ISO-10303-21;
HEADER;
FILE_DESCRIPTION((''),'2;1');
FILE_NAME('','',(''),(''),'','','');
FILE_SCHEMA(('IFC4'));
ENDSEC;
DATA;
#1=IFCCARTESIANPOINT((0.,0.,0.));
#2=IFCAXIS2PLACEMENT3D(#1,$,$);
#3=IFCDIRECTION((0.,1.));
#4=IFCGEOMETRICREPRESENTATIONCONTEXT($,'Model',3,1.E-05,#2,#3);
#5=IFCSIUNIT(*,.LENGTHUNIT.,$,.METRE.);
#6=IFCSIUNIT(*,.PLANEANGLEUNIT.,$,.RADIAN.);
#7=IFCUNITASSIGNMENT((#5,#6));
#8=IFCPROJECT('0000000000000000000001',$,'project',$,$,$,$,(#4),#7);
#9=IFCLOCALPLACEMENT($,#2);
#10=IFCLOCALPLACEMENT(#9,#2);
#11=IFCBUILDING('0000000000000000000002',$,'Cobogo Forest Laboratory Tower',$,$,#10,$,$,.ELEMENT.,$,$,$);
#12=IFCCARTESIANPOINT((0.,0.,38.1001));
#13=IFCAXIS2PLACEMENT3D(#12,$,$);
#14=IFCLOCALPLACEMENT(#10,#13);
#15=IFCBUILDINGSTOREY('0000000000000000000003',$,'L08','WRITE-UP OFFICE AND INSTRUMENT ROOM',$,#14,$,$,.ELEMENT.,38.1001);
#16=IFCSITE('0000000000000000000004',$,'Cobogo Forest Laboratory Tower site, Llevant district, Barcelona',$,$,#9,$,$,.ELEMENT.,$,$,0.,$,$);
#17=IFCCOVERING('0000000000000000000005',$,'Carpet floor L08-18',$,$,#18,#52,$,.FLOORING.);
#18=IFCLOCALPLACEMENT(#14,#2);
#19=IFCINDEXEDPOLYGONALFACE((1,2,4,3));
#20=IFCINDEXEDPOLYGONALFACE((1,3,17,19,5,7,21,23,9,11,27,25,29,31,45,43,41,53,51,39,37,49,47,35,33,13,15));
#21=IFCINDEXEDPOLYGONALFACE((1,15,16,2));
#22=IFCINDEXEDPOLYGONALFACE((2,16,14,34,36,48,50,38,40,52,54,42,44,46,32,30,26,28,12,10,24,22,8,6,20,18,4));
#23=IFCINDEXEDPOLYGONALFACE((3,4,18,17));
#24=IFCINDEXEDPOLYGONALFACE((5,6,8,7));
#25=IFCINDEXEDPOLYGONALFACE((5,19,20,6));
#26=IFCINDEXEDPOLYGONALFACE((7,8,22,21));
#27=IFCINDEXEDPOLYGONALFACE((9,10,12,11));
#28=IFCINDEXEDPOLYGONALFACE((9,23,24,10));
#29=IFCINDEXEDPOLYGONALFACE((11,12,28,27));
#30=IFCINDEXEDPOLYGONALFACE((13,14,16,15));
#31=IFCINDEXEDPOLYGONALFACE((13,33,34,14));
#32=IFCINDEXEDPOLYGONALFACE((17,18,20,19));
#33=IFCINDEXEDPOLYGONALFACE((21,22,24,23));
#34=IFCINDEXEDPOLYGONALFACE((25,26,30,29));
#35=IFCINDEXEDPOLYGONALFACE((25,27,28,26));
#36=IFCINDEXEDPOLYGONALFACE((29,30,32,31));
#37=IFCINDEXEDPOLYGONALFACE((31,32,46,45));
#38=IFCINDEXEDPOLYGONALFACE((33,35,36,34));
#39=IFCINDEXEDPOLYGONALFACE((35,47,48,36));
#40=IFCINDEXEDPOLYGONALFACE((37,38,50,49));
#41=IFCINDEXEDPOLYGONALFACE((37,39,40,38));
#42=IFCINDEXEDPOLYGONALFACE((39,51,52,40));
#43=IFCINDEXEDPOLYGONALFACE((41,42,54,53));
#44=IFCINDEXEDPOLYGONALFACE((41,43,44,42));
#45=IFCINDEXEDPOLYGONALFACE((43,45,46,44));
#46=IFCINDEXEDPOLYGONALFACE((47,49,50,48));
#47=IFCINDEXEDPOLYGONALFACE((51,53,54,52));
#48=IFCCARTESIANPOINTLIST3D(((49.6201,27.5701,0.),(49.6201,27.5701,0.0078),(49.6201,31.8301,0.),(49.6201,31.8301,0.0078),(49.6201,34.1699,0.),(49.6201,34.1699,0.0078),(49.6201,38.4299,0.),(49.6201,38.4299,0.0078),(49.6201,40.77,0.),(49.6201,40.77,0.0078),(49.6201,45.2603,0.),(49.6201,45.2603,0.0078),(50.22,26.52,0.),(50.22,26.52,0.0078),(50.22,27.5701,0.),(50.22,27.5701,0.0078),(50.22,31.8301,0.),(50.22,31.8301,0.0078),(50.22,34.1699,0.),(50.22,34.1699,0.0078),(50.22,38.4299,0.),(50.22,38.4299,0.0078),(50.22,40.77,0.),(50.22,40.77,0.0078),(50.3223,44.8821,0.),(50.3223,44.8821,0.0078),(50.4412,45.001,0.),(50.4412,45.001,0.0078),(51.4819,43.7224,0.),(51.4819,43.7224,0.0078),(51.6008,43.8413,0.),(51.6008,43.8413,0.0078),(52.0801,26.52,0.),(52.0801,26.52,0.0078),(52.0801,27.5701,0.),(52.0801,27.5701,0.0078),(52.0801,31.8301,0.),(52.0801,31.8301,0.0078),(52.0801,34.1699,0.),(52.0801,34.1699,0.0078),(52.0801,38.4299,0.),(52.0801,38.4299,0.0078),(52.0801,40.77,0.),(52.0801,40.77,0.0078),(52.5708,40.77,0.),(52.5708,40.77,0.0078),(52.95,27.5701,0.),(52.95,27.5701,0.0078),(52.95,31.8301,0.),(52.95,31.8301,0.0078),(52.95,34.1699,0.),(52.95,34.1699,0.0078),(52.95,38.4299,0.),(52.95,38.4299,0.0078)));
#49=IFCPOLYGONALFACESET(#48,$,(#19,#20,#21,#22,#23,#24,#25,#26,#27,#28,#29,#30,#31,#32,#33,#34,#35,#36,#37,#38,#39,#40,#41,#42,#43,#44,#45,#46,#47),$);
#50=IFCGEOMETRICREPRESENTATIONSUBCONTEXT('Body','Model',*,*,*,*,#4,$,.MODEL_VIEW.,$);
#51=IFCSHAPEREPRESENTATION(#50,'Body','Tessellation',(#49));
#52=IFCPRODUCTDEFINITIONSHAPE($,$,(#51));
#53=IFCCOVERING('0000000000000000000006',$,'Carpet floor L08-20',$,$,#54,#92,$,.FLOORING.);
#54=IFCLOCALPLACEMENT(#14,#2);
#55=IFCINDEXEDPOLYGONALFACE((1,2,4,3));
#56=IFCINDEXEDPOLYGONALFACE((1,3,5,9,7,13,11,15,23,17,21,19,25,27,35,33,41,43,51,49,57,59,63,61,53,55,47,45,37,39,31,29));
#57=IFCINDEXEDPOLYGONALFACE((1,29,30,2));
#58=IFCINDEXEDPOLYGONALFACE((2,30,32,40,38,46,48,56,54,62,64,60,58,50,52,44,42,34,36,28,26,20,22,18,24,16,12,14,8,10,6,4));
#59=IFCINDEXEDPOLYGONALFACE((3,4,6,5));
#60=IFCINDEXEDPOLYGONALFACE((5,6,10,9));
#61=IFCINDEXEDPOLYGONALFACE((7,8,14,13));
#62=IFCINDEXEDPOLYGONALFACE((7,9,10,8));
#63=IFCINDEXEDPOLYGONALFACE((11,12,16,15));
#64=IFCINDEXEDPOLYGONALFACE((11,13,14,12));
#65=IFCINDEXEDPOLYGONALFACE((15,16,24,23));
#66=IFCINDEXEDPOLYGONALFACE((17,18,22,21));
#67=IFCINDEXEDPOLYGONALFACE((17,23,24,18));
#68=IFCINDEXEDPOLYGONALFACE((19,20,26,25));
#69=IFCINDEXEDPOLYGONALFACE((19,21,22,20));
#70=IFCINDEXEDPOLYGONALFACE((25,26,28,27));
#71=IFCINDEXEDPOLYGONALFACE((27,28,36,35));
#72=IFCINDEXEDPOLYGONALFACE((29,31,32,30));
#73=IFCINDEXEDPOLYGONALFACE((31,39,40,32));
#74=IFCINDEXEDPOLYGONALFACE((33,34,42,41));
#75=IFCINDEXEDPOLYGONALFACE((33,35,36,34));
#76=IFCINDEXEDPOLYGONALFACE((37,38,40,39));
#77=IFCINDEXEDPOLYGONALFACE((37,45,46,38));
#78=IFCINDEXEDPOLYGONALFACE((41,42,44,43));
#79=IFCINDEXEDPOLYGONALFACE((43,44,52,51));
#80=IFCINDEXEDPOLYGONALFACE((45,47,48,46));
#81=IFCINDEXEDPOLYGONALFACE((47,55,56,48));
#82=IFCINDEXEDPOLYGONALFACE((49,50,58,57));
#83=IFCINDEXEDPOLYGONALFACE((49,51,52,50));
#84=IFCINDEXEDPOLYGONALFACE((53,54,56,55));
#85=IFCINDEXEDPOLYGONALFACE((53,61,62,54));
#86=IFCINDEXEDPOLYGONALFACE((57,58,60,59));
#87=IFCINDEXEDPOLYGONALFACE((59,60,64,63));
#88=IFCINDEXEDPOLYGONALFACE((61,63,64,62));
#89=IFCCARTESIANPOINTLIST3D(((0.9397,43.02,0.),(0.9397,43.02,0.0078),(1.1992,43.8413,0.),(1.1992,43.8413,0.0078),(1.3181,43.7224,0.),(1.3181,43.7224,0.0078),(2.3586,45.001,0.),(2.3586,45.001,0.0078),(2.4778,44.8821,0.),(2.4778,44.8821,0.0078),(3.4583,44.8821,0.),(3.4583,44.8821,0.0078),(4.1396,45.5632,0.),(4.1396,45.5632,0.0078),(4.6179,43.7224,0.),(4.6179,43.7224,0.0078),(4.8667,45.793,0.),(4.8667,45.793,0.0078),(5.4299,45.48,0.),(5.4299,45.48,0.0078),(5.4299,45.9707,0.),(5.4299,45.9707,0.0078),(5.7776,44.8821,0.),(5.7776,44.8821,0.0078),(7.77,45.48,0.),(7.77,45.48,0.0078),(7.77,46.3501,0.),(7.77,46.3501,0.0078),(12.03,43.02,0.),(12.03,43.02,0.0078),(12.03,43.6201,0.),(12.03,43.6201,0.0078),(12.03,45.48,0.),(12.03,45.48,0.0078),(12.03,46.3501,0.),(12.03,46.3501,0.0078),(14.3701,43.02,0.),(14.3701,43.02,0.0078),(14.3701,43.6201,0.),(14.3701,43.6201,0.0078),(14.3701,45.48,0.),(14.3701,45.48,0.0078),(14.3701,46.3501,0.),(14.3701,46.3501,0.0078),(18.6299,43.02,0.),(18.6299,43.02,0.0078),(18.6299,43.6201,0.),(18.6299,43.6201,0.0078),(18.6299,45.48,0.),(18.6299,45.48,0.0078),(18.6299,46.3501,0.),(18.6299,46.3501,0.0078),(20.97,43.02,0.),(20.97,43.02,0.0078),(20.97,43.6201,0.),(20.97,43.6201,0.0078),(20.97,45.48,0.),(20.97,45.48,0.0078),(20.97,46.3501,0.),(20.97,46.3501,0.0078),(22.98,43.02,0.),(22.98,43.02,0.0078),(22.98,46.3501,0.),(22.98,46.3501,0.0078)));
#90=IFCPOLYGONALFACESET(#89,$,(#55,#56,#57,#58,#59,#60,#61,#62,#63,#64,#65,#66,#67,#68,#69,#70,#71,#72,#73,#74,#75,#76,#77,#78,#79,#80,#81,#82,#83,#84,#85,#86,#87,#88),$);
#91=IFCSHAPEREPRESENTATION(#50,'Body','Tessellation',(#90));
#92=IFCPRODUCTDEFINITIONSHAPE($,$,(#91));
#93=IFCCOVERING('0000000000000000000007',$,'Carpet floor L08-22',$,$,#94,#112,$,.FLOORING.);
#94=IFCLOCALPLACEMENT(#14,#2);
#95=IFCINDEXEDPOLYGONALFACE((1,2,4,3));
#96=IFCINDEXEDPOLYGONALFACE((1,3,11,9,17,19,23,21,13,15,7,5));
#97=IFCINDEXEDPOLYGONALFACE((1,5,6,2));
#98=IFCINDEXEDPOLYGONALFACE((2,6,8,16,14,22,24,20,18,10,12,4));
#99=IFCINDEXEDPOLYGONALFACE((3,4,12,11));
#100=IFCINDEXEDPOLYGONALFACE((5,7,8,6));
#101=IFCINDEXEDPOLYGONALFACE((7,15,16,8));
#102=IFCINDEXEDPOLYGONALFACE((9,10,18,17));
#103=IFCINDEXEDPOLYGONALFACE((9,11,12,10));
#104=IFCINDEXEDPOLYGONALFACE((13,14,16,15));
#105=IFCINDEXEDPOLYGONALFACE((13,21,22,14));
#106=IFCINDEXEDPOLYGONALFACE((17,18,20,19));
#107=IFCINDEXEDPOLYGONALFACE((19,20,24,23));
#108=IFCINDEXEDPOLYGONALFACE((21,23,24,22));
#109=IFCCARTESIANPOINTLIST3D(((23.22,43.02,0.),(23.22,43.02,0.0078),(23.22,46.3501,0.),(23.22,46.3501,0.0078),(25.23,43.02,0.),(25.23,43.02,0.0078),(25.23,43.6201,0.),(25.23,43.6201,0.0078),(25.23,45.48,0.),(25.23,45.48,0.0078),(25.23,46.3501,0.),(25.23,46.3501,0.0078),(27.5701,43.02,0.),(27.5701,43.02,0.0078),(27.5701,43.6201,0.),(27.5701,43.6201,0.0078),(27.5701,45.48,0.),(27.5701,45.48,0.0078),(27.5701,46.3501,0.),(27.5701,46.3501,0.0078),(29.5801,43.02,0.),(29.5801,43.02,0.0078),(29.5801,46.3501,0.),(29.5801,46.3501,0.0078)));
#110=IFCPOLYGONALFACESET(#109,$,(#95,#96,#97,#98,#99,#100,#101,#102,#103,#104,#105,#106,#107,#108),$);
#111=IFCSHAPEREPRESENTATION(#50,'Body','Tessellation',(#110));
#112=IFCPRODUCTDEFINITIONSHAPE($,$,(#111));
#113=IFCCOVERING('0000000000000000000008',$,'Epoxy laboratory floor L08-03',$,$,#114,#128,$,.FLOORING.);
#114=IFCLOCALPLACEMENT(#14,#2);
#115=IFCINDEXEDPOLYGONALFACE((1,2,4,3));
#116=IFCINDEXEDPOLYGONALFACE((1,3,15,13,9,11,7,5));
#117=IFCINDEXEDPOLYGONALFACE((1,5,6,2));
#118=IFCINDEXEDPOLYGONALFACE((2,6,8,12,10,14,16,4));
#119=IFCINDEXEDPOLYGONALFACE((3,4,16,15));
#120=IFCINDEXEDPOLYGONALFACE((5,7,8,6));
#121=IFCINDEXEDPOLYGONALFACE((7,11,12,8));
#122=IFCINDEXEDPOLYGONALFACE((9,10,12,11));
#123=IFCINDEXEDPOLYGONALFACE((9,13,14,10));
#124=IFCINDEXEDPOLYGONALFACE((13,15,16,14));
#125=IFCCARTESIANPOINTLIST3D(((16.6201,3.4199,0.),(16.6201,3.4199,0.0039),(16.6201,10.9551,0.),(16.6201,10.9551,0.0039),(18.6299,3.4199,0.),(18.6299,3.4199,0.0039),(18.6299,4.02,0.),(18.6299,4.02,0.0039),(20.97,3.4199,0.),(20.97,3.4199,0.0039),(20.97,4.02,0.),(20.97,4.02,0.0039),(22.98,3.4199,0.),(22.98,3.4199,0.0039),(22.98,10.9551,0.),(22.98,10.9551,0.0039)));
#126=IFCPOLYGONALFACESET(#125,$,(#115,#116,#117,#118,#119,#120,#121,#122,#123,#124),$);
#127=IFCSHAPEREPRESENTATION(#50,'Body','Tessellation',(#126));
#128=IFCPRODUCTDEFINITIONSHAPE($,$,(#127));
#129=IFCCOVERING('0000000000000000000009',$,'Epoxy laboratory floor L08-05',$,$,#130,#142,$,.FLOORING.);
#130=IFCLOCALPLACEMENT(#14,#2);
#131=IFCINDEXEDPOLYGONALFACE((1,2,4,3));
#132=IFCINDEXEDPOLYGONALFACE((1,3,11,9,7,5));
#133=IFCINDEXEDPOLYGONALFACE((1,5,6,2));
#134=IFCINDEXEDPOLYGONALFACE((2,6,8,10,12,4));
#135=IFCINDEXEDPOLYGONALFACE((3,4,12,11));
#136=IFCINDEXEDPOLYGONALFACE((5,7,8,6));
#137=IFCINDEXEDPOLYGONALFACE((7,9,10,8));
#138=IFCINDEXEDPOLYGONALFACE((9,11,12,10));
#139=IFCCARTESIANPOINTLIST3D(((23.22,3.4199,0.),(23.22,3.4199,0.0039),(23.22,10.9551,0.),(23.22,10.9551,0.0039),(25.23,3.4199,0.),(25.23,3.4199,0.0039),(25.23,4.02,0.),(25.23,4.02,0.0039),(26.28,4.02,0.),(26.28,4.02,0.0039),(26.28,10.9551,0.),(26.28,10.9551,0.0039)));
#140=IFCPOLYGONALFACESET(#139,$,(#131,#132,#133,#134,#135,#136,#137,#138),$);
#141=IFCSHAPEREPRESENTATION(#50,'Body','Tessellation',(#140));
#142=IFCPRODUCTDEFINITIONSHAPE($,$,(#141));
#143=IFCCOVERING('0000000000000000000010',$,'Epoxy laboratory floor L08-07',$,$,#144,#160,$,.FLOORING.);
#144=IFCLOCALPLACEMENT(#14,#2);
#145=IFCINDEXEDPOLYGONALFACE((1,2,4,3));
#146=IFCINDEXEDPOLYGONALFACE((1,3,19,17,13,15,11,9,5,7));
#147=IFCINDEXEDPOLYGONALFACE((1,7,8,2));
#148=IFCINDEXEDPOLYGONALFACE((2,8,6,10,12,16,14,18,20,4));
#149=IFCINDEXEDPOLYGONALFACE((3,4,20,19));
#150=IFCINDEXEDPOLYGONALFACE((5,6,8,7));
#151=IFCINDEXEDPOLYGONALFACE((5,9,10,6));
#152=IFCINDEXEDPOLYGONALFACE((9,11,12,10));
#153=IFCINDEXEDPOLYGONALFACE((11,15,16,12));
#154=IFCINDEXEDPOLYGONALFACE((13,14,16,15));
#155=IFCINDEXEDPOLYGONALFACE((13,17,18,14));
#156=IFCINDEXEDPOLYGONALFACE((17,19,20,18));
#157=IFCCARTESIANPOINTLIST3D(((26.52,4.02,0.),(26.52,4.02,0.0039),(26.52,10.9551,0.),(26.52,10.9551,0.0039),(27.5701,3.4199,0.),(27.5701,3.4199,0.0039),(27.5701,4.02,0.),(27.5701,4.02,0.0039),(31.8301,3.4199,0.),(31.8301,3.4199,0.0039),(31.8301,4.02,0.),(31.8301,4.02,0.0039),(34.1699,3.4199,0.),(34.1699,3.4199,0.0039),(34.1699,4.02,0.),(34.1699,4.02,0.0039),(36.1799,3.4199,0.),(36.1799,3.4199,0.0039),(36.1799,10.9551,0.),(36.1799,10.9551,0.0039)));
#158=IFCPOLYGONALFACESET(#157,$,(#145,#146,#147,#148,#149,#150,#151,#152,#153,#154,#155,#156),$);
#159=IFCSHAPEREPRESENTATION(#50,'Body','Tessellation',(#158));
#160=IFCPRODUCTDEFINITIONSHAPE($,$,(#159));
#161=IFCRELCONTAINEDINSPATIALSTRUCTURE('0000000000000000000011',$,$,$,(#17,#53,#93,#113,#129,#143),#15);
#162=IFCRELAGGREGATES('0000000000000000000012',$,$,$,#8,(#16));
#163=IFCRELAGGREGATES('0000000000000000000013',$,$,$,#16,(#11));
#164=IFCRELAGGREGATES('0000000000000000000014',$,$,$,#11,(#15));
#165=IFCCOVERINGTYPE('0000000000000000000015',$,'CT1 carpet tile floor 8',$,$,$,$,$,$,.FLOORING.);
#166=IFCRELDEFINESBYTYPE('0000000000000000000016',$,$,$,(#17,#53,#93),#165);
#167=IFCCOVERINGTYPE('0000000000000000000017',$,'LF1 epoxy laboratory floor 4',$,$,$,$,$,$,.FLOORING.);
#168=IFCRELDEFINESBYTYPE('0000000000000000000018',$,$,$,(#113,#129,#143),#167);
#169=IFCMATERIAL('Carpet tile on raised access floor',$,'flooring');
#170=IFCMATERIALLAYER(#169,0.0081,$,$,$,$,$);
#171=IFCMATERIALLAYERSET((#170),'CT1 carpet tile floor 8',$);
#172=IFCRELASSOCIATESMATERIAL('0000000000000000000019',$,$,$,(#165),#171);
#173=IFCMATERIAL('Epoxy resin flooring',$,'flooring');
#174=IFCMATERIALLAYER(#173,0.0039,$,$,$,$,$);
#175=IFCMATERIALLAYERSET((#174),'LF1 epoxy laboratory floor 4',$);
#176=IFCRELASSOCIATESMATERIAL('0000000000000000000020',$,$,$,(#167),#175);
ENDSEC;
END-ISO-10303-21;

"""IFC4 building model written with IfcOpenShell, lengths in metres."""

from ifc_helpers import new_model, si_unit, direction, frame, origin, place, context, subcontext, project, spatial, polyline, outline, extrude, material, layer, layer_set, type_object, element, save


model = new_model("IFC4")

# Units and contexts
model_context = context("Model", 3, precision=1e-05, world=origin(), true_north=direction((0.0, 1.0)))
body_context = subcontext(model_context, "Body", "Model", "MODEL_VIEW")
ifc_project = project(units=[si_unit("LENGTHUNIT", "METRE"), si_unit("PLANEANGLEUNIT", "RADIAN")], contexts=[model_context])

# Site, building, storey
site_placement = place(None, origin())
site = spatial("IfcSite", under=ifc_project, at=site_placement, Name="Cobogo Forest Laboratory Tower site, Llevant district, Barcelona", CompositionType="ELEMENT", RefElevation=0.0)
building_placement = place(site_placement, origin())
building = spatial("IfcBuilding", under=site, at=building_placement, Name="Cobogo Forest Laboratory Tower", CompositionType="ELEMENT")
storey_placement = place(building_placement, frame((0.0, 0.0, 38.1001)))
storey = spatial("IfcBuildingStorey", under=building, at=storey_placement, Name="L08", Description="WRITE-UP OFFICE AND INSTRUMENT ROOM", CompositionType="ELEMENT", Elevation=38.1001)

# Coverings
ifc_material_1 = material(Name="Carpet tile on raised access floor", Category="flooring")
ifc_layer_1 = layer(ifc_material_1, 0.0081)
ifc_layer_set_1 = layer_set([ifc_layer_1], Name="CT1 carpet tile floor 8")
covering_type_1 = type_object("IfcCoveringType", Name="CT1 carpet tile floor 8", PredefinedType="FLOORING", material=ifc_layer_set_1)
covering_1_placement = place(storey_placement, origin())
element("IfcCovering", 1, at=covering_1_placement, inside=storey, type_object=covering_type_1, Name="Carpet floor L08-18", PredefinedType="FLOORING", context=body_context, shape_type="SweptSolid", body=[
    extrude(outline(polyline([(49.6201, 31.8301), (50.22, 31.8301), (50.22, 34.1699), (49.6201, 34.1699), (49.6201, 38.4299), (50.22, 38.4299), (50.22, 40.77), (49.6201, 40.77), (49.6201, 45.2603), (50.4412, 45.001), (50.3223, 44.8821), (51.4819, 43.7224), (51.6008, 43.8413), (52.5708, 40.77), (52.0801, 40.77), (52.0801, 38.4299), (52.95, 38.4299), (52.95, 34.1699), (52.0801, 34.1699), (52.0801, 31.8301), (52.95, 31.8301), (52.95, 27.5701), (52.0801, 27.5701), (52.0801, 26.52), (50.22, 26.52), (50.22, 27.5701), (49.6201, 27.5701), (49.6201, 31.8301)])), origin(), (0.0, 0.0, 1.0), 0.0078),
])
covering_2_placement = place(storey_placement, origin())
element("IfcCovering", 2, at=covering_2_placement, inside=storey, type_object=covering_type_1, Name="Carpet floor L08-20", PredefinedType="FLOORING", context=body_context, shape_type="SweptSolid", body=[
    extrude(outline(polyline([(20.97, 43.02), (20.97, 43.6201), (18.6299, 43.6201), (18.6299, 43.02), (14.3701, 43.02), (14.3701, 43.6201), (12.03, 43.6201), (12.03, 43.02), (0.9397, 43.02), (1.1992, 43.8413), (1.3181, 43.7224), (2.4778, 44.8821), (2.3586, 45.001), (4.1396, 45.5632), (3.4583, 44.8821), (4.6179, 43.7224), (5.7776, 44.8821), (4.8667, 45.793), (5.4299, 45.9707), (5.4299, 45.48), (7.77, 45.48), (7.77, 46.3501), (12.03, 46.3501), (12.03, 45.48), (14.3701, 45.48), (14.3701, 46.3501), (18.6299, 46.3501), (18.6299, 45.48), (20.97, 45.48), (20.97, 46.3501), (22.98, 46.3501), (22.98, 43.02), (20.97, 43.02)])), origin(), (0.0, 0.0, 1.0), 0.0078),
])
covering_3_placement = place(storey_placement, origin())
element("IfcCovering", 3, at=covering_3_placement, inside=storey, type_object=covering_type_1, Name="Carpet floor L08-22", PredefinedType="FLOORING", context=body_context, shape_type="SweptSolid", body=[
    extrude(outline(polyline([(27.5701, 43.02), (27.5701, 43.6201), (25.23, 43.6201), (25.23, 43.02), (23.22, 43.02), (23.22, 46.3501), (25.23, 46.3501), (25.23, 45.48), (27.5701, 45.48), (27.5701, 46.3501), (29.5801, 46.3501), (29.5801, 43.02), (27.5701, 43.02)])), origin(), (0.0, 0.0, 1.0), 0.0078),
])
ifc_material_2 = material(Name="Epoxy resin flooring", Category="flooring")
ifc_layer_2 = layer(ifc_material_2, 0.0039)
ifc_layer_set_2 = layer_set([ifc_layer_2], Name="LF1 epoxy laboratory floor 4")
covering_type_2 = type_object("IfcCoveringType", Name="LF1 epoxy laboratory floor 4", PredefinedType="FLOORING", material=ifc_layer_set_2)
covering_4_placement = place(storey_placement, origin())
element("IfcCovering", 4, at=covering_4_placement, inside=storey, type_object=covering_type_2, Name="Epoxy laboratory floor L08-03", PredefinedType="FLOORING", context=body_context, shape_type="SweptSolid", body=[
    extrude(outline(polyline([(16.6201, 10.9551), (22.98, 10.9551), (22.98, 3.4199), (20.97, 3.4199), (20.97, 4.02), (18.6299, 4.02), (18.6299, 3.4199), (16.6201, 3.4199), (16.6201, 10.9551)])), origin(), (0.0, 0.0, 1.0), 0.0039),
])
covering_5_placement = place(storey_placement, origin())
element("IfcCovering", 5, at=covering_5_placement, inside=storey, type_object=covering_type_2, Name="Epoxy laboratory floor L08-05", PredefinedType="FLOORING", context=body_context, shape_type="SweptSolid", body=[
    extrude(outline(polyline([(23.22, 10.9551), (26.28, 10.9551), (26.28, 4.02), (25.23, 4.02), (25.23, 3.4199), (23.22, 3.4199), (23.22, 10.9551)])), origin(), (0.0, 0.0, 1.0), 0.0039),
])
covering_6_placement = place(storey_placement, origin())
element("IfcCovering", 6, at=covering_6_placement, inside=storey, type_object=covering_type_2, Name="Epoxy laboratory floor L08-07", PredefinedType="FLOORING", context=body_context, shape_type="SweptSolid", body=[
    extrude(outline(polyline([(26.52, 10.9551), (36.1799, 10.9551), (36.1799, 3.4199), (34.1699, 3.4199), (34.1699, 4.02), (31.8301, 4.02), (31.8301, 3.4199), (27.5701, 3.4199), (27.5701, 4.02), (26.52, 4.02), (26.52, 10.9551)])), origin(), (0.0, 0.0, 1.0), 0.0039),
])

save(model, "model.ifc")
